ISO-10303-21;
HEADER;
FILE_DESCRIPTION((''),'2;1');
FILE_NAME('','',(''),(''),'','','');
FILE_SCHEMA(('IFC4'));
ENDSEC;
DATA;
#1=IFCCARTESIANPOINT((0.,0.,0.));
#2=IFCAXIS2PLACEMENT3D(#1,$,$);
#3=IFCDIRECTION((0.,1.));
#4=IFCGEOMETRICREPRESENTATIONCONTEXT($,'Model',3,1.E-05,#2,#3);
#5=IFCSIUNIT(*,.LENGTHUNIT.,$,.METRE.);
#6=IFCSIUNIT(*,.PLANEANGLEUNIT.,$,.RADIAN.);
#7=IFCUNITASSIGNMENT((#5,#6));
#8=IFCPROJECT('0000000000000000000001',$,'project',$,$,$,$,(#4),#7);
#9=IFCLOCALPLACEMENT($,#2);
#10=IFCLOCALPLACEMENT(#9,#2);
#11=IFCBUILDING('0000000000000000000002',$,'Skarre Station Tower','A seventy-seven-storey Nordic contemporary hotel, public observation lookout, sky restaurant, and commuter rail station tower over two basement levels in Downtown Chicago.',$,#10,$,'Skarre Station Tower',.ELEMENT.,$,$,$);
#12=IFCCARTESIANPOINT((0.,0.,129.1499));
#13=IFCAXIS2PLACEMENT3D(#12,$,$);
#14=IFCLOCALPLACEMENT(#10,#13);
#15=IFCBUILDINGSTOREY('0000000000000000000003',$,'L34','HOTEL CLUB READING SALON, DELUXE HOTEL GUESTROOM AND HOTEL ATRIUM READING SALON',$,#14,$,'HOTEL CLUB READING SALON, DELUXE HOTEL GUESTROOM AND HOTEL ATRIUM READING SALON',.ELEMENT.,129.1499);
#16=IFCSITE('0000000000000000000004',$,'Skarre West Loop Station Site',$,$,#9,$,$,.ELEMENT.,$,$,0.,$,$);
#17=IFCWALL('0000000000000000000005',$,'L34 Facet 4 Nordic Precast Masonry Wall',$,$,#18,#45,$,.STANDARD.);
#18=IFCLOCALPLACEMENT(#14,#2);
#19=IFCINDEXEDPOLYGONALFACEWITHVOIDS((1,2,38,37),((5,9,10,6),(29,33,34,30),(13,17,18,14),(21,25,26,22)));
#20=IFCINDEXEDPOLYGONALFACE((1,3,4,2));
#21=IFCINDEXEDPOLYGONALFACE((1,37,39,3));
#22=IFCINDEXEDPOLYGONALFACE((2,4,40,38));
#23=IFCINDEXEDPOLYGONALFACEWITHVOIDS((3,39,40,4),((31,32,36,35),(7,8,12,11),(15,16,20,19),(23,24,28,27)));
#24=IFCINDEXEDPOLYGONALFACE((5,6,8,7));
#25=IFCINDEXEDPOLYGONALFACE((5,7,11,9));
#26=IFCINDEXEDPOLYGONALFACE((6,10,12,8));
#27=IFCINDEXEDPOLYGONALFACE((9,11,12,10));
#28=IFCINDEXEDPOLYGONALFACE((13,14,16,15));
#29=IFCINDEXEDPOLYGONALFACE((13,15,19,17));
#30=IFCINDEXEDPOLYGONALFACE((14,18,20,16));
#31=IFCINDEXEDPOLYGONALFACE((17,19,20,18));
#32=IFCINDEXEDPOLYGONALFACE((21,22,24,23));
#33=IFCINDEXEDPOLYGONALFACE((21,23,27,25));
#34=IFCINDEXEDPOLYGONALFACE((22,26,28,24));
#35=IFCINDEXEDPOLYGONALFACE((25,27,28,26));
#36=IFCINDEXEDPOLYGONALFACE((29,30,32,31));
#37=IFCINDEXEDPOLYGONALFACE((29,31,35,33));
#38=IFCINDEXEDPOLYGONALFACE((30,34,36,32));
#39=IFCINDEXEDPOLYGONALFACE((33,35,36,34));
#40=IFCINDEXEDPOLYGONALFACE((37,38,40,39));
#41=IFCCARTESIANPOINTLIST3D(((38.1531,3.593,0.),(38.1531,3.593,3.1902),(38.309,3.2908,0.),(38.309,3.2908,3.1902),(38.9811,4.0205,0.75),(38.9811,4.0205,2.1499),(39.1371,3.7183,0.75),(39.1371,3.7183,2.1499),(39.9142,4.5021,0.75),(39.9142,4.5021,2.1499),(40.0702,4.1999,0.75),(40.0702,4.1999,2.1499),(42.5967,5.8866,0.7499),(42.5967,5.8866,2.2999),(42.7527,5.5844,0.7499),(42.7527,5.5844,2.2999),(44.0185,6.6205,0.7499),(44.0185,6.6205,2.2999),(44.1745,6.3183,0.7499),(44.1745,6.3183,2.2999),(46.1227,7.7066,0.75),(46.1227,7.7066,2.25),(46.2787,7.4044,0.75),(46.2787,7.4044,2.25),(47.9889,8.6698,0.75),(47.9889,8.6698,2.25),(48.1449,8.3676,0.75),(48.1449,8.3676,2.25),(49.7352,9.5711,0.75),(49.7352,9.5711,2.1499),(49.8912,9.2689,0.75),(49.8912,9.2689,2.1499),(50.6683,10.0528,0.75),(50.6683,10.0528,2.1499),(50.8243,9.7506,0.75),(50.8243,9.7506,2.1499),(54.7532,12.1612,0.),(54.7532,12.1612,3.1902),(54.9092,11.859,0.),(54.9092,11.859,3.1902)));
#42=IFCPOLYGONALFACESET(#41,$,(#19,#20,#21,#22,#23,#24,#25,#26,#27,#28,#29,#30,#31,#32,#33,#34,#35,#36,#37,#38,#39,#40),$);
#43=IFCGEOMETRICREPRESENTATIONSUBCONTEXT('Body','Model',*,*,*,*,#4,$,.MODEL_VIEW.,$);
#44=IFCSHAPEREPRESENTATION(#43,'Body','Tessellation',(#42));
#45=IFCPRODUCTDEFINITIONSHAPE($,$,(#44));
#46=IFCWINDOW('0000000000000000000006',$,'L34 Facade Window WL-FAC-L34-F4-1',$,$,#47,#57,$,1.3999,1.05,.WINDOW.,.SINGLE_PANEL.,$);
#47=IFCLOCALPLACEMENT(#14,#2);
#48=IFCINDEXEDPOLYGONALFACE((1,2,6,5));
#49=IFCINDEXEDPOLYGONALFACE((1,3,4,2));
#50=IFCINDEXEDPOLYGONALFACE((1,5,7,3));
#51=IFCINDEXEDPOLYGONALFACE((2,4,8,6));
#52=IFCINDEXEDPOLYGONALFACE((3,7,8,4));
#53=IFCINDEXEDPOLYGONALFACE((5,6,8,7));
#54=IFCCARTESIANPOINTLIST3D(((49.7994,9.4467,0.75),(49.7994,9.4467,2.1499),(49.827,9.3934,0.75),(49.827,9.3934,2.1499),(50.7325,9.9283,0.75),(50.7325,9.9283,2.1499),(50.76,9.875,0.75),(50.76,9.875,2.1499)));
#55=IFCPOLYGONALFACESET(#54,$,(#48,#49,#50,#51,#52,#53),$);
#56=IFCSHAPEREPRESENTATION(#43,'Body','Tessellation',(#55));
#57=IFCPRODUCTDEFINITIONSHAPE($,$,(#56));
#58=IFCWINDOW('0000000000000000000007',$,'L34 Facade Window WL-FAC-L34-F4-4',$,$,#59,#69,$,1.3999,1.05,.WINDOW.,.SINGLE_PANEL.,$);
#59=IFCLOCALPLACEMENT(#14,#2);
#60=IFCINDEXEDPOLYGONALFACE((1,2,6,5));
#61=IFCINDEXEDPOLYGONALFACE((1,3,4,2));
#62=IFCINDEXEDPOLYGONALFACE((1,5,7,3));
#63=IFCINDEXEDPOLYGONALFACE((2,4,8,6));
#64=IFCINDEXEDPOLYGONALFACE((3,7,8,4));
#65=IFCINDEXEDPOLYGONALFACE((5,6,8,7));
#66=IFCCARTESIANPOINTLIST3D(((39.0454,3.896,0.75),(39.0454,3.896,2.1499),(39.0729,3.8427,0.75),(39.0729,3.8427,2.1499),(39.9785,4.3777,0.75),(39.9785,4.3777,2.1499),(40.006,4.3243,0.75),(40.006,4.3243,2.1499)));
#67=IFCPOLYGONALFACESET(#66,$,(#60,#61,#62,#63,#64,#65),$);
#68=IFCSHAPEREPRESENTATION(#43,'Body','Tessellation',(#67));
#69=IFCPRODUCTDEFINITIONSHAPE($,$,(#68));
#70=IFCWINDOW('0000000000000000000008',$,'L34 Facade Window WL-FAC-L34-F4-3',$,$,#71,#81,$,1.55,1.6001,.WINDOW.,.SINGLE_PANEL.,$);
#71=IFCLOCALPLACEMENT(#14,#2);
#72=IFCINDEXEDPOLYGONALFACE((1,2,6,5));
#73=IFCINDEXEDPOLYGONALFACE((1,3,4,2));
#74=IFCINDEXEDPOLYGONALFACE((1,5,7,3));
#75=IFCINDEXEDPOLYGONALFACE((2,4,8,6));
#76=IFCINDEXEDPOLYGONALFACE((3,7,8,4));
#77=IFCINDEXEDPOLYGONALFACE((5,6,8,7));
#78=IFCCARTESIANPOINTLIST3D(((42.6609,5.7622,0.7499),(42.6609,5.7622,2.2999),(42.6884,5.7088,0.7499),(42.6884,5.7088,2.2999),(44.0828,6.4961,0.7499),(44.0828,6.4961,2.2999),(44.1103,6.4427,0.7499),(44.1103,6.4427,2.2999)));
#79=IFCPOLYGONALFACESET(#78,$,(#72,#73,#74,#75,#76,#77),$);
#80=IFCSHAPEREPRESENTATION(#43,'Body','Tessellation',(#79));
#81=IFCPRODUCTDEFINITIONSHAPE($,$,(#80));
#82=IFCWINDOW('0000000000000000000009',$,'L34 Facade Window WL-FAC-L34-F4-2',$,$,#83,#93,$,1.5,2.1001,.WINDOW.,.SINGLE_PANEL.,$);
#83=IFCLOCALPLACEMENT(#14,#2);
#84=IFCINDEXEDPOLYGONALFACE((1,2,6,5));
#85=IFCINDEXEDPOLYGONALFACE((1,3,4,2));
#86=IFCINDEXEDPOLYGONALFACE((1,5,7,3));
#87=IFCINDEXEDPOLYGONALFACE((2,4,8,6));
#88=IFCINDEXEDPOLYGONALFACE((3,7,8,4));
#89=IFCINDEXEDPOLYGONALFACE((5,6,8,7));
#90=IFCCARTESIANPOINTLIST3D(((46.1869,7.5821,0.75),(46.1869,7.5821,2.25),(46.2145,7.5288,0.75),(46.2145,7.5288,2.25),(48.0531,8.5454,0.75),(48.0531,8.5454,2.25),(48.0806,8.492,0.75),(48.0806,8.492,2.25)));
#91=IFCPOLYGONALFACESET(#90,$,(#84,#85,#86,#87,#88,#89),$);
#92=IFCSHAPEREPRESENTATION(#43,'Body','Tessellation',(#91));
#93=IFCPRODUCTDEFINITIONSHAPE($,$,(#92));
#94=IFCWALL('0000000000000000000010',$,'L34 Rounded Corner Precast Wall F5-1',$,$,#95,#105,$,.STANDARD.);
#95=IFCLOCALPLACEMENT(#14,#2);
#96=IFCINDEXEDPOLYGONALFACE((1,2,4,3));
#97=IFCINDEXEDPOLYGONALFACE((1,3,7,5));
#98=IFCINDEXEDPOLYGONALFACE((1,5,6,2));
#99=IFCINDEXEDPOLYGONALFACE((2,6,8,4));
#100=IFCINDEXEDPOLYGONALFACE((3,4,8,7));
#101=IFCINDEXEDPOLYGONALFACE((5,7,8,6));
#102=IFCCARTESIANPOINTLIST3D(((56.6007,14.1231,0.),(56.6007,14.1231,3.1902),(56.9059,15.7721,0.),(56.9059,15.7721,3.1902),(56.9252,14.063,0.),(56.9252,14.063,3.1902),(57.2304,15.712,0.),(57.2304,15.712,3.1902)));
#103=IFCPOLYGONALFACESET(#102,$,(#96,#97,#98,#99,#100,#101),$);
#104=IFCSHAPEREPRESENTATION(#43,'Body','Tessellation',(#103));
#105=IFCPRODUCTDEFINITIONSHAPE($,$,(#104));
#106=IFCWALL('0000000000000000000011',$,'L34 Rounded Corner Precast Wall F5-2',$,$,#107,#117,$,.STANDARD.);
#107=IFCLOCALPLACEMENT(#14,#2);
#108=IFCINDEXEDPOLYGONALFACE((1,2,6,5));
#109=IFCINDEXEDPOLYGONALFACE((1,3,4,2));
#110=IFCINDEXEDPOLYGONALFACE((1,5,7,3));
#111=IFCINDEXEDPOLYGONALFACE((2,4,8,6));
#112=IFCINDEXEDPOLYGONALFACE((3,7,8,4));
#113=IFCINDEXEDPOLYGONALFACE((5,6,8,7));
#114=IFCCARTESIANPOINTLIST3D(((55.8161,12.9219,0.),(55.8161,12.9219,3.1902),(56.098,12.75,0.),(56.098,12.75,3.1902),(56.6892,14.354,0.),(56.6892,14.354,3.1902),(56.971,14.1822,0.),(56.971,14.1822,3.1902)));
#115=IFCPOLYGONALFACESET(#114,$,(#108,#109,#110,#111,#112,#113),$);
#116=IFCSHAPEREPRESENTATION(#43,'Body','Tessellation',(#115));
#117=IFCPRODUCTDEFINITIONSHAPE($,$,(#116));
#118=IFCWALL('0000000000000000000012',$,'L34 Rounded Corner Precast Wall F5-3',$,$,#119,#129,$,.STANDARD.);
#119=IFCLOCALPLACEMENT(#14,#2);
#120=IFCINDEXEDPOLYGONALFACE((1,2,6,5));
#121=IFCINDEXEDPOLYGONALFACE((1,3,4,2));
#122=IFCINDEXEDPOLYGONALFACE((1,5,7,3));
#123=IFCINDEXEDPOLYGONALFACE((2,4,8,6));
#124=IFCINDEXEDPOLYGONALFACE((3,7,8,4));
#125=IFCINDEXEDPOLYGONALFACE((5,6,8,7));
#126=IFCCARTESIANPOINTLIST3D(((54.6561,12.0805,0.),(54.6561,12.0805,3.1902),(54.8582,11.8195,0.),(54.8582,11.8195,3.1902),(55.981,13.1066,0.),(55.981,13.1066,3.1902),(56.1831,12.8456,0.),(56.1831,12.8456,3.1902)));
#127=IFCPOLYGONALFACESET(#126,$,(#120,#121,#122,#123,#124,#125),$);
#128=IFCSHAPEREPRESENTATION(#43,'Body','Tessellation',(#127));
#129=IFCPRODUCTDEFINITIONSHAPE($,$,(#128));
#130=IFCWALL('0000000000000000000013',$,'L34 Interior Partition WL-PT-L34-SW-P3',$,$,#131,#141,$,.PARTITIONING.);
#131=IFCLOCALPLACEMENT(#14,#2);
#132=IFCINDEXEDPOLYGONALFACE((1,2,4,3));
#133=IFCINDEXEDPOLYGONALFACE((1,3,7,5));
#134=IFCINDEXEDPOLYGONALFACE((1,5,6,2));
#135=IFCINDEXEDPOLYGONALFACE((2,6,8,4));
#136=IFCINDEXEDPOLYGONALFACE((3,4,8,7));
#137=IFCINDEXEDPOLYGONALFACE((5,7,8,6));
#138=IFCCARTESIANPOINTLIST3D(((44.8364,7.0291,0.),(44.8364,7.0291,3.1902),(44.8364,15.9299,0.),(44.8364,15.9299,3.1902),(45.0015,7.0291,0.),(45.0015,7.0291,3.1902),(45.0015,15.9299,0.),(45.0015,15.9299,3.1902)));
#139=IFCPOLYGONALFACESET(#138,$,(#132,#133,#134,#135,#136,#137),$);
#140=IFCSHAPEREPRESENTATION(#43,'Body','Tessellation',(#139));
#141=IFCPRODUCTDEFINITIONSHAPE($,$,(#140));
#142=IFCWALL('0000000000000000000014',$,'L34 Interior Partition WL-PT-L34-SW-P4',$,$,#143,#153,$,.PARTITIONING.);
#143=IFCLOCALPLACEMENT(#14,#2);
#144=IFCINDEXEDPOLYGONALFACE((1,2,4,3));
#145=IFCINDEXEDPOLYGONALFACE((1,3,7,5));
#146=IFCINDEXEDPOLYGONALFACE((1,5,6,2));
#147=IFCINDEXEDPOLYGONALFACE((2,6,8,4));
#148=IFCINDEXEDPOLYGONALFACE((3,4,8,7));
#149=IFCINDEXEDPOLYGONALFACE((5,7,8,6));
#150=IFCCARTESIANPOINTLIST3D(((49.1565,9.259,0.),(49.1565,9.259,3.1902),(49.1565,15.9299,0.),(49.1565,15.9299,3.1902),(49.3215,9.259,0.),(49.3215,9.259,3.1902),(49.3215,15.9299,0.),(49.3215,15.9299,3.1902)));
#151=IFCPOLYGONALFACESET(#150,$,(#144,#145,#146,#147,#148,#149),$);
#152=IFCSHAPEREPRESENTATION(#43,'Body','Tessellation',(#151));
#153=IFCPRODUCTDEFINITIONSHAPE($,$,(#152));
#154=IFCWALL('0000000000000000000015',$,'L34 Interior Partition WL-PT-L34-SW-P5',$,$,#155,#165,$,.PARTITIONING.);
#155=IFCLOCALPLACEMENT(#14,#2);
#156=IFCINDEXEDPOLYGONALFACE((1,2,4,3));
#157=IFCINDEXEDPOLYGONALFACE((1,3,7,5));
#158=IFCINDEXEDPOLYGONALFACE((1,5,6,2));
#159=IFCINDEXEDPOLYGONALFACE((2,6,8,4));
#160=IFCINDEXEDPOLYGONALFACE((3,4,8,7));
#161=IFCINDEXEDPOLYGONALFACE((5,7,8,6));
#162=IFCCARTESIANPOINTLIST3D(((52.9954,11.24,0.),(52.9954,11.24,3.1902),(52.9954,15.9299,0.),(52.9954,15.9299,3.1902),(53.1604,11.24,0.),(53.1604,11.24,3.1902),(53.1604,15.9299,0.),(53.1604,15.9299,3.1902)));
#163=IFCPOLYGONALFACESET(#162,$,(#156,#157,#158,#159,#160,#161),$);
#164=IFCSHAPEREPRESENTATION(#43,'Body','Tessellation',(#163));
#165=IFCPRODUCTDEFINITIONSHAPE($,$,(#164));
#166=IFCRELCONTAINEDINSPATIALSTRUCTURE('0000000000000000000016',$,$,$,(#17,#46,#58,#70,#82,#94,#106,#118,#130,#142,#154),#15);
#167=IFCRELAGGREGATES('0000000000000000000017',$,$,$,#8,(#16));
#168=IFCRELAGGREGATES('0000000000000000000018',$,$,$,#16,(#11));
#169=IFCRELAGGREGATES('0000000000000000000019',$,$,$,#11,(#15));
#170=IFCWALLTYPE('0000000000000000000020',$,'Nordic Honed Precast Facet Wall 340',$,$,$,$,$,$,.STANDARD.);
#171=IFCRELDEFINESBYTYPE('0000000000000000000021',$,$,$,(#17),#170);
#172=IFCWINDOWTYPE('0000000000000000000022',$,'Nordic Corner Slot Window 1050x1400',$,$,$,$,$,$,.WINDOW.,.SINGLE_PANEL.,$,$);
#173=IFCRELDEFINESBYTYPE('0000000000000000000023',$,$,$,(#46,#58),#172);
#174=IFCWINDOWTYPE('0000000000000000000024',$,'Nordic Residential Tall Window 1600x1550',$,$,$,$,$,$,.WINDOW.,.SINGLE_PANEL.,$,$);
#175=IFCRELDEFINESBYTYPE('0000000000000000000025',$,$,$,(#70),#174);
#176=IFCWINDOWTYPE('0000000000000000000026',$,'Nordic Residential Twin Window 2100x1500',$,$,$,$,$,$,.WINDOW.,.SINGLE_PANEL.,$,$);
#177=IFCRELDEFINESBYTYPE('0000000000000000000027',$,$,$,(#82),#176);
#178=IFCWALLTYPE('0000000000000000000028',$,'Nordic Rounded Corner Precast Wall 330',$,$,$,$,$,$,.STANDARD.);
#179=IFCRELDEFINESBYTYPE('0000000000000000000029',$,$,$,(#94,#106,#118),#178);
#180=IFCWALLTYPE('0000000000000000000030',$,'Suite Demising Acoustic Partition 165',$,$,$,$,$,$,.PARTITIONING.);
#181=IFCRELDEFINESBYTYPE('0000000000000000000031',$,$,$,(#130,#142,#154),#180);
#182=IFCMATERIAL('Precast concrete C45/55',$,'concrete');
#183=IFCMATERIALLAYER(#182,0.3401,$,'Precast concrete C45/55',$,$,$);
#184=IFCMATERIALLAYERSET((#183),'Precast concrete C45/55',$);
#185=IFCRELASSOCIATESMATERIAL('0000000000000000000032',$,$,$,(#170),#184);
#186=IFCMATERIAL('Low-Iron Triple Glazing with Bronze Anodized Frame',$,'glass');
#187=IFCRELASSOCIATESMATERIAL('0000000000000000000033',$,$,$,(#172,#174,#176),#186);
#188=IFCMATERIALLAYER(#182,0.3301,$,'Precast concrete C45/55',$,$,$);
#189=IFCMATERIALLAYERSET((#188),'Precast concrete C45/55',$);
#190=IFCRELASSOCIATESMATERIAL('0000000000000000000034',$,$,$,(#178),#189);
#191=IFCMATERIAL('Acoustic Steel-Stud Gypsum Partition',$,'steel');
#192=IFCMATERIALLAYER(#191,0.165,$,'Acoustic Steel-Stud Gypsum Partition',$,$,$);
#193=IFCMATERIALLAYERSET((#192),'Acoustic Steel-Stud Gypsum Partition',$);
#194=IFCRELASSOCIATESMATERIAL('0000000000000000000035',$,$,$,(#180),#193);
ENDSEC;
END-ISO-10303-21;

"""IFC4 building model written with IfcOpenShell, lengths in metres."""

from ifc_helpers import new_model, si_unit, direction, frame, frame_2d, origin, place, context, subcontext, project, spatial, rectangle, extrude, material, layer, layer_set, type_object, element, fill, save


model = new_model("IFC4")

# Units and contexts
model_context = context("Model", 3, precision=1e-05, world=origin(), true_north=direction((0.0, 1.0)))
body_context = subcontext(model_context, "Body", "Model", "MODEL_VIEW")
ifc_project = project(units=[si_unit("LENGTHUNIT", "METRE"), si_unit("PLANEANGLEUNIT", "RADIAN")], contexts=[model_context])

# Site, building, storey
site_placement = place(None, origin())
site = spatial("IfcSite", under=ifc_project, at=site_placement, Name="Skarre West Loop Station Site", CompositionType="ELEMENT", RefElevation=0.0)
building_placement = place(site_placement, origin())
building = spatial("IfcBuilding", under=site, at=building_placement, Name="Skarre Station Tower", Description="A seventy-seven-storey Nordic contemporary hotel, public observation lookout, sky restaurant, and commuter rail station tower over two basement levels in Downtown Chicago.", LongName="Skarre Station Tower", CompositionType="ELEMENT")
storey_placement = place(building_placement, frame((0.0, 0.0, 129.1499)))
storey = spatial("IfcBuildingStorey", under=building, at=storey_placement, Name="L34", Description="HOTEL CLUB READING SALON, DELUXE HOTEL GUESTROOM AND HOTEL ATRIUM READING SALON", LongName="HOTEL CLUB READING SALON, DELUXE HOTEL GUESTROOM AND HOTEL ATRIUM READING SALON", CompositionType="ELEMENT", Elevation=129.1499)

# Shared definitions
ifc_material_1 = material(Name="Acoustic Steel-Stud Gypsum Partition", Category="steel")

# Wall, openings, windows
ifc_material_2 = material(Name="Precast concrete C45/55", Category="concrete")
ifc_layer_1 = layer(ifc_material_2, 0.3401, Name="Precast concrete C45/55")
ifc_layer_set_1 = layer_set([ifc_layer_1], Name="Precast concrete C45/55")
wall_type_1 = type_object("IfcWallType", Name="Nordic Honed Precast Facet Wall 340", PredefinedType="STANDARD", material=ifc_layer_set_1)
wall_1_placement = place(storey_placement, frame((54.8311, 12.01, 0.0), z_axis=(0.0, 0.0, 1.0), x_axis=(-0.888614, -0.458657, 0.0)))
wall_1 = element("IfcWall", 1, at=wall_1_placement, inside=storey, type_object=wall_type_1, Name="L34 Facet 4 Nordic Precast Masonry Wall", PredefinedType="STANDARD", context=body_context, shape_type="SweptSolid", body=[
    extrude(rectangle(XDim=18.6809, YDim=0.3401, at=frame_2d((9.3403, 0.0))), origin(), (0.0, 0.0, 1.0), 3.1902),
])
opening_1_placement = place(wall_1_placement, frame((4.5969, 0.0, 0.75)))
opening_1 = element("IfcOpeningElement", 2, at=opening_1_placement, cuts=wall_1, PredefinedType="OPENING", context=body_context, shape_type="SweptSolid", body=[
    extrude(rectangle(XDim=1.05, YDim=1.3999, at=frame_2d((0.5249, 0.7))), frame((0.0, 0.1799, 0.0), z_axis=(0.0, -1.0, 0.0), x_axis=(1.0, 0.0, 0.0)), (0.0, 0.0, 1.0), 0.3601),
])
opening_2_placement = place(wall_1_placement, frame((7.6121, 0.0, 0.75)))
opening_2 = element("IfcOpeningElement", 3, at=opening_2_placement, cuts=wall_1, PredefinedType="OPENING", context=body_context, shape_type="SweptSolid", body=[
    extrude(rectangle(XDim=2.1001, YDim=1.5, at=frame_2d((1.05, 0.75))), frame((0.0, 0.1799, 0.0), z_axis=(0.0, -1.0, 0.0), x_axis=(1.0, 0.0, 0.0)), (0.0, 0.0, 1.0), 0.3601),
])
opening_3_placement = place(wall_1_placement, frame((12.0801, 0.0, 0.75)))
opening_3 = element("IfcOpeningElement", 4, at=opening_3_placement, cuts=wall_1, PredefinedType="OPENING", context=body_context, shape_type="SweptSolid", body=[
    extrude(rectangle(XDim=1.6001, YDim=1.55, at=frame_2d((0.8, 0.7749))), frame((0.0, 0.1799, 0.0), z_axis=(0.0, -1.0, 0.0), x_axis=(1.0, 0.0, 0.0)), (0.0, 0.0, 1.0), 0.3601),
])
opening_4_placement = place(wall_1_placement, frame((16.699, 0.0, 0.75)))
opening_4 = element("IfcOpeningElement", 5, at=opening_4_placement, cuts=wall_1, PredefinedType="OPENING", context=body_context, shape_type="SweptSolid", body=[
    extrude(rectangle(XDim=1.05, YDim=1.3999, at=frame_2d((0.5249, 0.7))), frame((0.0, 0.1799, 0.0), z_axis=(0.0, -1.0, 0.0), x_axis=(1.0, 0.0, 0.0)), (0.0, 0.0, 1.0), 0.3601),
])
ifc_material_3 = material(Name="Low-Iron Triple Glazing with Bronze Anodized Frame", Category="glass")
window_type_1 = type_object("IfcWindowType", Name="Nordic Corner Slot Window 1050x1400", PartitioningType="SINGLE_PANEL", PredefinedType="WINDOW", material=ifc_material_3)
window_1_placement = place(opening_1_placement, origin())
window_1 = element("IfcWindow", 6, at=window_1_placement, inside=storey, type_object=window_type_1, Name="L34 Facade Window WL-FAC-L34-F4-1", OverallHeight=1.3999, OverallWidth=1.05, PartitioningType="SINGLE_PANEL", PredefinedType="WINDOW", context=body_context, shape_type="SweptSolid", body=[
    extrude(rectangle(XDim=1.05, YDim=1.3999, at=frame_2d((0.5249, 0.7))), frame((0.0, 0.03, 0.0), z_axis=(0.0, -1.0, 0.0), x_axis=(1.0, 0.0, 0.0)), (0.0, 0.0, 1.0), 0.0601),
])
fill(opening_1, window_1)
window_2_placement = place(opening_4_placement, origin())
window_2 = element("IfcWindow", 7, at=window_2_placement, inside=storey, type_object=window_type_1, Name="L34 Facade Window WL-FAC-L34-F4-4", OverallHeight=1.3999, OverallWidth=1.05, PartitioningType="SINGLE_PANEL", PredefinedType="WINDOW", context=body_context, shape_type="SweptSolid", body=[
    extrude(rectangle(XDim=1.05, YDim=1.3999, at=frame_2d((0.5249, 0.7))), frame((0.0, 0.03, 0.0), z_axis=(0.0, -1.0, 0.0), x_axis=(1.0, 0.0, 0.0)), (0.0, 0.0, 1.0), 0.0601),
])
fill(opening_4, window_2)
window_type_2 = type_object("IfcWindowType", Name="Nordic Residential Tall Window 1600x1550", PartitioningType="SINGLE_PANEL", PredefinedType="WINDOW", material=ifc_material_3)
window_3_placement = place(opening_3_placement, origin())
window_3 = element("IfcWindow", 8, at=window_3_placement, inside=storey, type_object=window_type_2, Name="L34 Facade Window WL-FAC-L34-F4-3", OverallHeight=1.55, OverallWidth=1.6001, PartitioningType="SINGLE_PANEL", PredefinedType="WINDOW", context=body_context, shape_type="SweptSolid", body=[
    extrude(rectangle(XDim=1.6001, YDim=1.55, at=frame_2d((0.8, 0.7749))), frame((0.0, 0.03, 0.0), z_axis=(0.0, -1.0, 0.0), x_axis=(1.0, 0.0, 0.0)), (0.0, 0.0, 1.0), 0.0601),
])
fill(opening_3, window_3)
window_type_3 = type_object("IfcWindowType", Name="Nordic Residential Twin Window 2100x1500", PartitioningType="SINGLE_PANEL", PredefinedType="WINDOW", material=ifc_material_3)
window_4_placement = place(opening_2_placement, origin())
window_4 = element("IfcWindow", 9, at=window_4_placement, inside=storey, type_object=window_type_3, Name="L34 Facade Window WL-FAC-L34-F4-2", OverallHeight=1.5, OverallWidth=2.1001, PartitioningType="SINGLE_PANEL", PredefinedType="WINDOW", context=body_context, shape_type="SweptSolid", body=[
    extrude(rectangle(XDim=2.1001, YDim=1.5, at=frame_2d((1.05, 0.75))), frame((0.0, 0.03, 0.0), z_axis=(0.0, -1.0, 0.0), x_axis=(1.0, 0.0, 0.0)), (0.0, 0.0, 1.0), 0.0601),
])
fill(opening_2, window_4)

# Walls
ifc_layer_2 = layer(ifc_material_2, 0.3301, Name="Precast concrete C45/55")
ifc_layer_set_2 = layer_set([ifc_layer_2], Name="Precast concrete C45/55")
wall_type_2 = type_object("IfcWallType", Name="Nordic Rounded Corner Precast Wall 330", PredefinedType="STANDARD", material=ifc_layer_set_2)
wall_2_placement = place(storey_placement, frame((57.0681, 15.7419, 0.0), z_axis=(0.0, 0.0, 1.0), x_axis=(-0.181985, -0.983301, 0.0)))
element("IfcWall", 10, at=wall_2_placement, inside=storey, type_object=wall_type_2, Name="L34 Rounded Corner Precast Wall F5-1", PredefinedType="STANDARD", context=body_context, shape_type="SweptSolid", body=[
    extrude(rectangle(XDim=1.677, YDim=0.3301, at=frame_2d((0.8384, 0.0))), origin(), (0.0, 0.0, 1.0), 3.1902),
])
wall_3_placement = place(storey_placement, frame((56.8301, 14.2681, 0.0), z_axis=(0.0, 0.0, 1.0), x_axis=(-0.520519, -0.85385, 0.0)))
element("IfcWall", 11, at=wall_3_placement, inside=storey, type_object=wall_type_2, Name="L34 Rounded Corner Precast Wall F5-2", PredefinedType="STANDARD", context=body_context, shape_type="SweptSolid", body=[
    extrude(rectangle(XDim=1.6772, YDim=0.3301, at=frame_2d((0.8386, 0.0))), origin(), (0.0, 0.0, 1.0), 3.1902),
])
wall_4_placement = place(storey_placement, frame((56.082, 12.9761, 0.0), z_axis=(0.0, 0.0, 1.0), x_axis=(-0.790621, -0.612305, 0.0)))
element("IfcWall", 12, at=wall_4_placement, inside=storey, type_object=wall_type_2, Name="L34 Rounded Corner Precast Wall F5-3", PredefinedType="STANDARD", context=body_context, shape_type="SweptSolid", body=[
    extrude(rectangle(XDim=1.6758, YDim=0.3301, at=frame_2d((0.8379, 0.0))), origin(), (0.0, 0.0, 1.0), 3.1902),
])
ifc_layer_3 = layer(ifc_material_1, 0.165, Name="Acoustic Steel-Stud Gypsum Partition")
ifc_layer_set_3 = layer_set([ifc_layer_3], Name="Acoustic Steel-Stud Gypsum Partition")
wall_type_3 = type_object("IfcWallType", Name="Suite Demising Acoustic Partition 165", PredefinedType="PARTITIONING", material=ifc_layer_set_3)
wall_5_placement = place(storey_placement, frame((44.9189, 7.0291, 0.0), z_axis=(0.0, 0.0, 1.0), x_axis=(0.0, 1.0, 0.0)))
element("IfcWall", 13, at=wall_5_placement, inside=storey, type_object=wall_type_3, Name="L34 Interior Partition WL-PT-L34-SW-P3", PredefinedType="PARTITIONING", context=body_context, shape_type="SweptSolid", body=[
    extrude(rectangle(XDim=8.9009, YDim=0.165, at=frame_2d((4.4504, 0.0))), origin(), (0.0, 0.0, 1.0), 3.1902),
])
wall_6_placement = place(storey_placement, frame((49.239, 9.259, 0.0), z_axis=(0.0, 0.0, 1.0), x_axis=(0.0, 1.0, 0.0)))
element("IfcWall", 14, at=wall_6_placement, inside=storey, type_object=wall_type_3, Name="L34 Interior Partition WL-PT-L34-SW-P4", PredefinedType="PARTITIONING", context=body_context, shape_type="SweptSolid", body=[
    extrude(rectangle(XDim=6.6709, YDim=0.165, at=frame_2d((3.3354, 0.0))), origin(), (0.0, 0.0, 1.0), 3.1902),
])
wall_7_placement = place(storey_placement, frame((53.0779, 11.24, 0.0), z_axis=(0.0, 0.0, 1.0), x_axis=(0.0, 1.0, 0.0)))
element("IfcWall", 15, at=wall_7_placement, inside=storey, type_object=wall_type_3, Name="L34 Interior Partition WL-PT-L34-SW-P5", PredefinedType="PARTITIONING", context=body_context, shape_type="SweptSolid", body=[
    extrude(rectangle(XDim=4.6899, YDim=0.165, at=frame_2d((2.345, 0.0))), origin(), (0.0, 0.0, 1.0), 3.1902),
])

save(model, "model.ifc")
